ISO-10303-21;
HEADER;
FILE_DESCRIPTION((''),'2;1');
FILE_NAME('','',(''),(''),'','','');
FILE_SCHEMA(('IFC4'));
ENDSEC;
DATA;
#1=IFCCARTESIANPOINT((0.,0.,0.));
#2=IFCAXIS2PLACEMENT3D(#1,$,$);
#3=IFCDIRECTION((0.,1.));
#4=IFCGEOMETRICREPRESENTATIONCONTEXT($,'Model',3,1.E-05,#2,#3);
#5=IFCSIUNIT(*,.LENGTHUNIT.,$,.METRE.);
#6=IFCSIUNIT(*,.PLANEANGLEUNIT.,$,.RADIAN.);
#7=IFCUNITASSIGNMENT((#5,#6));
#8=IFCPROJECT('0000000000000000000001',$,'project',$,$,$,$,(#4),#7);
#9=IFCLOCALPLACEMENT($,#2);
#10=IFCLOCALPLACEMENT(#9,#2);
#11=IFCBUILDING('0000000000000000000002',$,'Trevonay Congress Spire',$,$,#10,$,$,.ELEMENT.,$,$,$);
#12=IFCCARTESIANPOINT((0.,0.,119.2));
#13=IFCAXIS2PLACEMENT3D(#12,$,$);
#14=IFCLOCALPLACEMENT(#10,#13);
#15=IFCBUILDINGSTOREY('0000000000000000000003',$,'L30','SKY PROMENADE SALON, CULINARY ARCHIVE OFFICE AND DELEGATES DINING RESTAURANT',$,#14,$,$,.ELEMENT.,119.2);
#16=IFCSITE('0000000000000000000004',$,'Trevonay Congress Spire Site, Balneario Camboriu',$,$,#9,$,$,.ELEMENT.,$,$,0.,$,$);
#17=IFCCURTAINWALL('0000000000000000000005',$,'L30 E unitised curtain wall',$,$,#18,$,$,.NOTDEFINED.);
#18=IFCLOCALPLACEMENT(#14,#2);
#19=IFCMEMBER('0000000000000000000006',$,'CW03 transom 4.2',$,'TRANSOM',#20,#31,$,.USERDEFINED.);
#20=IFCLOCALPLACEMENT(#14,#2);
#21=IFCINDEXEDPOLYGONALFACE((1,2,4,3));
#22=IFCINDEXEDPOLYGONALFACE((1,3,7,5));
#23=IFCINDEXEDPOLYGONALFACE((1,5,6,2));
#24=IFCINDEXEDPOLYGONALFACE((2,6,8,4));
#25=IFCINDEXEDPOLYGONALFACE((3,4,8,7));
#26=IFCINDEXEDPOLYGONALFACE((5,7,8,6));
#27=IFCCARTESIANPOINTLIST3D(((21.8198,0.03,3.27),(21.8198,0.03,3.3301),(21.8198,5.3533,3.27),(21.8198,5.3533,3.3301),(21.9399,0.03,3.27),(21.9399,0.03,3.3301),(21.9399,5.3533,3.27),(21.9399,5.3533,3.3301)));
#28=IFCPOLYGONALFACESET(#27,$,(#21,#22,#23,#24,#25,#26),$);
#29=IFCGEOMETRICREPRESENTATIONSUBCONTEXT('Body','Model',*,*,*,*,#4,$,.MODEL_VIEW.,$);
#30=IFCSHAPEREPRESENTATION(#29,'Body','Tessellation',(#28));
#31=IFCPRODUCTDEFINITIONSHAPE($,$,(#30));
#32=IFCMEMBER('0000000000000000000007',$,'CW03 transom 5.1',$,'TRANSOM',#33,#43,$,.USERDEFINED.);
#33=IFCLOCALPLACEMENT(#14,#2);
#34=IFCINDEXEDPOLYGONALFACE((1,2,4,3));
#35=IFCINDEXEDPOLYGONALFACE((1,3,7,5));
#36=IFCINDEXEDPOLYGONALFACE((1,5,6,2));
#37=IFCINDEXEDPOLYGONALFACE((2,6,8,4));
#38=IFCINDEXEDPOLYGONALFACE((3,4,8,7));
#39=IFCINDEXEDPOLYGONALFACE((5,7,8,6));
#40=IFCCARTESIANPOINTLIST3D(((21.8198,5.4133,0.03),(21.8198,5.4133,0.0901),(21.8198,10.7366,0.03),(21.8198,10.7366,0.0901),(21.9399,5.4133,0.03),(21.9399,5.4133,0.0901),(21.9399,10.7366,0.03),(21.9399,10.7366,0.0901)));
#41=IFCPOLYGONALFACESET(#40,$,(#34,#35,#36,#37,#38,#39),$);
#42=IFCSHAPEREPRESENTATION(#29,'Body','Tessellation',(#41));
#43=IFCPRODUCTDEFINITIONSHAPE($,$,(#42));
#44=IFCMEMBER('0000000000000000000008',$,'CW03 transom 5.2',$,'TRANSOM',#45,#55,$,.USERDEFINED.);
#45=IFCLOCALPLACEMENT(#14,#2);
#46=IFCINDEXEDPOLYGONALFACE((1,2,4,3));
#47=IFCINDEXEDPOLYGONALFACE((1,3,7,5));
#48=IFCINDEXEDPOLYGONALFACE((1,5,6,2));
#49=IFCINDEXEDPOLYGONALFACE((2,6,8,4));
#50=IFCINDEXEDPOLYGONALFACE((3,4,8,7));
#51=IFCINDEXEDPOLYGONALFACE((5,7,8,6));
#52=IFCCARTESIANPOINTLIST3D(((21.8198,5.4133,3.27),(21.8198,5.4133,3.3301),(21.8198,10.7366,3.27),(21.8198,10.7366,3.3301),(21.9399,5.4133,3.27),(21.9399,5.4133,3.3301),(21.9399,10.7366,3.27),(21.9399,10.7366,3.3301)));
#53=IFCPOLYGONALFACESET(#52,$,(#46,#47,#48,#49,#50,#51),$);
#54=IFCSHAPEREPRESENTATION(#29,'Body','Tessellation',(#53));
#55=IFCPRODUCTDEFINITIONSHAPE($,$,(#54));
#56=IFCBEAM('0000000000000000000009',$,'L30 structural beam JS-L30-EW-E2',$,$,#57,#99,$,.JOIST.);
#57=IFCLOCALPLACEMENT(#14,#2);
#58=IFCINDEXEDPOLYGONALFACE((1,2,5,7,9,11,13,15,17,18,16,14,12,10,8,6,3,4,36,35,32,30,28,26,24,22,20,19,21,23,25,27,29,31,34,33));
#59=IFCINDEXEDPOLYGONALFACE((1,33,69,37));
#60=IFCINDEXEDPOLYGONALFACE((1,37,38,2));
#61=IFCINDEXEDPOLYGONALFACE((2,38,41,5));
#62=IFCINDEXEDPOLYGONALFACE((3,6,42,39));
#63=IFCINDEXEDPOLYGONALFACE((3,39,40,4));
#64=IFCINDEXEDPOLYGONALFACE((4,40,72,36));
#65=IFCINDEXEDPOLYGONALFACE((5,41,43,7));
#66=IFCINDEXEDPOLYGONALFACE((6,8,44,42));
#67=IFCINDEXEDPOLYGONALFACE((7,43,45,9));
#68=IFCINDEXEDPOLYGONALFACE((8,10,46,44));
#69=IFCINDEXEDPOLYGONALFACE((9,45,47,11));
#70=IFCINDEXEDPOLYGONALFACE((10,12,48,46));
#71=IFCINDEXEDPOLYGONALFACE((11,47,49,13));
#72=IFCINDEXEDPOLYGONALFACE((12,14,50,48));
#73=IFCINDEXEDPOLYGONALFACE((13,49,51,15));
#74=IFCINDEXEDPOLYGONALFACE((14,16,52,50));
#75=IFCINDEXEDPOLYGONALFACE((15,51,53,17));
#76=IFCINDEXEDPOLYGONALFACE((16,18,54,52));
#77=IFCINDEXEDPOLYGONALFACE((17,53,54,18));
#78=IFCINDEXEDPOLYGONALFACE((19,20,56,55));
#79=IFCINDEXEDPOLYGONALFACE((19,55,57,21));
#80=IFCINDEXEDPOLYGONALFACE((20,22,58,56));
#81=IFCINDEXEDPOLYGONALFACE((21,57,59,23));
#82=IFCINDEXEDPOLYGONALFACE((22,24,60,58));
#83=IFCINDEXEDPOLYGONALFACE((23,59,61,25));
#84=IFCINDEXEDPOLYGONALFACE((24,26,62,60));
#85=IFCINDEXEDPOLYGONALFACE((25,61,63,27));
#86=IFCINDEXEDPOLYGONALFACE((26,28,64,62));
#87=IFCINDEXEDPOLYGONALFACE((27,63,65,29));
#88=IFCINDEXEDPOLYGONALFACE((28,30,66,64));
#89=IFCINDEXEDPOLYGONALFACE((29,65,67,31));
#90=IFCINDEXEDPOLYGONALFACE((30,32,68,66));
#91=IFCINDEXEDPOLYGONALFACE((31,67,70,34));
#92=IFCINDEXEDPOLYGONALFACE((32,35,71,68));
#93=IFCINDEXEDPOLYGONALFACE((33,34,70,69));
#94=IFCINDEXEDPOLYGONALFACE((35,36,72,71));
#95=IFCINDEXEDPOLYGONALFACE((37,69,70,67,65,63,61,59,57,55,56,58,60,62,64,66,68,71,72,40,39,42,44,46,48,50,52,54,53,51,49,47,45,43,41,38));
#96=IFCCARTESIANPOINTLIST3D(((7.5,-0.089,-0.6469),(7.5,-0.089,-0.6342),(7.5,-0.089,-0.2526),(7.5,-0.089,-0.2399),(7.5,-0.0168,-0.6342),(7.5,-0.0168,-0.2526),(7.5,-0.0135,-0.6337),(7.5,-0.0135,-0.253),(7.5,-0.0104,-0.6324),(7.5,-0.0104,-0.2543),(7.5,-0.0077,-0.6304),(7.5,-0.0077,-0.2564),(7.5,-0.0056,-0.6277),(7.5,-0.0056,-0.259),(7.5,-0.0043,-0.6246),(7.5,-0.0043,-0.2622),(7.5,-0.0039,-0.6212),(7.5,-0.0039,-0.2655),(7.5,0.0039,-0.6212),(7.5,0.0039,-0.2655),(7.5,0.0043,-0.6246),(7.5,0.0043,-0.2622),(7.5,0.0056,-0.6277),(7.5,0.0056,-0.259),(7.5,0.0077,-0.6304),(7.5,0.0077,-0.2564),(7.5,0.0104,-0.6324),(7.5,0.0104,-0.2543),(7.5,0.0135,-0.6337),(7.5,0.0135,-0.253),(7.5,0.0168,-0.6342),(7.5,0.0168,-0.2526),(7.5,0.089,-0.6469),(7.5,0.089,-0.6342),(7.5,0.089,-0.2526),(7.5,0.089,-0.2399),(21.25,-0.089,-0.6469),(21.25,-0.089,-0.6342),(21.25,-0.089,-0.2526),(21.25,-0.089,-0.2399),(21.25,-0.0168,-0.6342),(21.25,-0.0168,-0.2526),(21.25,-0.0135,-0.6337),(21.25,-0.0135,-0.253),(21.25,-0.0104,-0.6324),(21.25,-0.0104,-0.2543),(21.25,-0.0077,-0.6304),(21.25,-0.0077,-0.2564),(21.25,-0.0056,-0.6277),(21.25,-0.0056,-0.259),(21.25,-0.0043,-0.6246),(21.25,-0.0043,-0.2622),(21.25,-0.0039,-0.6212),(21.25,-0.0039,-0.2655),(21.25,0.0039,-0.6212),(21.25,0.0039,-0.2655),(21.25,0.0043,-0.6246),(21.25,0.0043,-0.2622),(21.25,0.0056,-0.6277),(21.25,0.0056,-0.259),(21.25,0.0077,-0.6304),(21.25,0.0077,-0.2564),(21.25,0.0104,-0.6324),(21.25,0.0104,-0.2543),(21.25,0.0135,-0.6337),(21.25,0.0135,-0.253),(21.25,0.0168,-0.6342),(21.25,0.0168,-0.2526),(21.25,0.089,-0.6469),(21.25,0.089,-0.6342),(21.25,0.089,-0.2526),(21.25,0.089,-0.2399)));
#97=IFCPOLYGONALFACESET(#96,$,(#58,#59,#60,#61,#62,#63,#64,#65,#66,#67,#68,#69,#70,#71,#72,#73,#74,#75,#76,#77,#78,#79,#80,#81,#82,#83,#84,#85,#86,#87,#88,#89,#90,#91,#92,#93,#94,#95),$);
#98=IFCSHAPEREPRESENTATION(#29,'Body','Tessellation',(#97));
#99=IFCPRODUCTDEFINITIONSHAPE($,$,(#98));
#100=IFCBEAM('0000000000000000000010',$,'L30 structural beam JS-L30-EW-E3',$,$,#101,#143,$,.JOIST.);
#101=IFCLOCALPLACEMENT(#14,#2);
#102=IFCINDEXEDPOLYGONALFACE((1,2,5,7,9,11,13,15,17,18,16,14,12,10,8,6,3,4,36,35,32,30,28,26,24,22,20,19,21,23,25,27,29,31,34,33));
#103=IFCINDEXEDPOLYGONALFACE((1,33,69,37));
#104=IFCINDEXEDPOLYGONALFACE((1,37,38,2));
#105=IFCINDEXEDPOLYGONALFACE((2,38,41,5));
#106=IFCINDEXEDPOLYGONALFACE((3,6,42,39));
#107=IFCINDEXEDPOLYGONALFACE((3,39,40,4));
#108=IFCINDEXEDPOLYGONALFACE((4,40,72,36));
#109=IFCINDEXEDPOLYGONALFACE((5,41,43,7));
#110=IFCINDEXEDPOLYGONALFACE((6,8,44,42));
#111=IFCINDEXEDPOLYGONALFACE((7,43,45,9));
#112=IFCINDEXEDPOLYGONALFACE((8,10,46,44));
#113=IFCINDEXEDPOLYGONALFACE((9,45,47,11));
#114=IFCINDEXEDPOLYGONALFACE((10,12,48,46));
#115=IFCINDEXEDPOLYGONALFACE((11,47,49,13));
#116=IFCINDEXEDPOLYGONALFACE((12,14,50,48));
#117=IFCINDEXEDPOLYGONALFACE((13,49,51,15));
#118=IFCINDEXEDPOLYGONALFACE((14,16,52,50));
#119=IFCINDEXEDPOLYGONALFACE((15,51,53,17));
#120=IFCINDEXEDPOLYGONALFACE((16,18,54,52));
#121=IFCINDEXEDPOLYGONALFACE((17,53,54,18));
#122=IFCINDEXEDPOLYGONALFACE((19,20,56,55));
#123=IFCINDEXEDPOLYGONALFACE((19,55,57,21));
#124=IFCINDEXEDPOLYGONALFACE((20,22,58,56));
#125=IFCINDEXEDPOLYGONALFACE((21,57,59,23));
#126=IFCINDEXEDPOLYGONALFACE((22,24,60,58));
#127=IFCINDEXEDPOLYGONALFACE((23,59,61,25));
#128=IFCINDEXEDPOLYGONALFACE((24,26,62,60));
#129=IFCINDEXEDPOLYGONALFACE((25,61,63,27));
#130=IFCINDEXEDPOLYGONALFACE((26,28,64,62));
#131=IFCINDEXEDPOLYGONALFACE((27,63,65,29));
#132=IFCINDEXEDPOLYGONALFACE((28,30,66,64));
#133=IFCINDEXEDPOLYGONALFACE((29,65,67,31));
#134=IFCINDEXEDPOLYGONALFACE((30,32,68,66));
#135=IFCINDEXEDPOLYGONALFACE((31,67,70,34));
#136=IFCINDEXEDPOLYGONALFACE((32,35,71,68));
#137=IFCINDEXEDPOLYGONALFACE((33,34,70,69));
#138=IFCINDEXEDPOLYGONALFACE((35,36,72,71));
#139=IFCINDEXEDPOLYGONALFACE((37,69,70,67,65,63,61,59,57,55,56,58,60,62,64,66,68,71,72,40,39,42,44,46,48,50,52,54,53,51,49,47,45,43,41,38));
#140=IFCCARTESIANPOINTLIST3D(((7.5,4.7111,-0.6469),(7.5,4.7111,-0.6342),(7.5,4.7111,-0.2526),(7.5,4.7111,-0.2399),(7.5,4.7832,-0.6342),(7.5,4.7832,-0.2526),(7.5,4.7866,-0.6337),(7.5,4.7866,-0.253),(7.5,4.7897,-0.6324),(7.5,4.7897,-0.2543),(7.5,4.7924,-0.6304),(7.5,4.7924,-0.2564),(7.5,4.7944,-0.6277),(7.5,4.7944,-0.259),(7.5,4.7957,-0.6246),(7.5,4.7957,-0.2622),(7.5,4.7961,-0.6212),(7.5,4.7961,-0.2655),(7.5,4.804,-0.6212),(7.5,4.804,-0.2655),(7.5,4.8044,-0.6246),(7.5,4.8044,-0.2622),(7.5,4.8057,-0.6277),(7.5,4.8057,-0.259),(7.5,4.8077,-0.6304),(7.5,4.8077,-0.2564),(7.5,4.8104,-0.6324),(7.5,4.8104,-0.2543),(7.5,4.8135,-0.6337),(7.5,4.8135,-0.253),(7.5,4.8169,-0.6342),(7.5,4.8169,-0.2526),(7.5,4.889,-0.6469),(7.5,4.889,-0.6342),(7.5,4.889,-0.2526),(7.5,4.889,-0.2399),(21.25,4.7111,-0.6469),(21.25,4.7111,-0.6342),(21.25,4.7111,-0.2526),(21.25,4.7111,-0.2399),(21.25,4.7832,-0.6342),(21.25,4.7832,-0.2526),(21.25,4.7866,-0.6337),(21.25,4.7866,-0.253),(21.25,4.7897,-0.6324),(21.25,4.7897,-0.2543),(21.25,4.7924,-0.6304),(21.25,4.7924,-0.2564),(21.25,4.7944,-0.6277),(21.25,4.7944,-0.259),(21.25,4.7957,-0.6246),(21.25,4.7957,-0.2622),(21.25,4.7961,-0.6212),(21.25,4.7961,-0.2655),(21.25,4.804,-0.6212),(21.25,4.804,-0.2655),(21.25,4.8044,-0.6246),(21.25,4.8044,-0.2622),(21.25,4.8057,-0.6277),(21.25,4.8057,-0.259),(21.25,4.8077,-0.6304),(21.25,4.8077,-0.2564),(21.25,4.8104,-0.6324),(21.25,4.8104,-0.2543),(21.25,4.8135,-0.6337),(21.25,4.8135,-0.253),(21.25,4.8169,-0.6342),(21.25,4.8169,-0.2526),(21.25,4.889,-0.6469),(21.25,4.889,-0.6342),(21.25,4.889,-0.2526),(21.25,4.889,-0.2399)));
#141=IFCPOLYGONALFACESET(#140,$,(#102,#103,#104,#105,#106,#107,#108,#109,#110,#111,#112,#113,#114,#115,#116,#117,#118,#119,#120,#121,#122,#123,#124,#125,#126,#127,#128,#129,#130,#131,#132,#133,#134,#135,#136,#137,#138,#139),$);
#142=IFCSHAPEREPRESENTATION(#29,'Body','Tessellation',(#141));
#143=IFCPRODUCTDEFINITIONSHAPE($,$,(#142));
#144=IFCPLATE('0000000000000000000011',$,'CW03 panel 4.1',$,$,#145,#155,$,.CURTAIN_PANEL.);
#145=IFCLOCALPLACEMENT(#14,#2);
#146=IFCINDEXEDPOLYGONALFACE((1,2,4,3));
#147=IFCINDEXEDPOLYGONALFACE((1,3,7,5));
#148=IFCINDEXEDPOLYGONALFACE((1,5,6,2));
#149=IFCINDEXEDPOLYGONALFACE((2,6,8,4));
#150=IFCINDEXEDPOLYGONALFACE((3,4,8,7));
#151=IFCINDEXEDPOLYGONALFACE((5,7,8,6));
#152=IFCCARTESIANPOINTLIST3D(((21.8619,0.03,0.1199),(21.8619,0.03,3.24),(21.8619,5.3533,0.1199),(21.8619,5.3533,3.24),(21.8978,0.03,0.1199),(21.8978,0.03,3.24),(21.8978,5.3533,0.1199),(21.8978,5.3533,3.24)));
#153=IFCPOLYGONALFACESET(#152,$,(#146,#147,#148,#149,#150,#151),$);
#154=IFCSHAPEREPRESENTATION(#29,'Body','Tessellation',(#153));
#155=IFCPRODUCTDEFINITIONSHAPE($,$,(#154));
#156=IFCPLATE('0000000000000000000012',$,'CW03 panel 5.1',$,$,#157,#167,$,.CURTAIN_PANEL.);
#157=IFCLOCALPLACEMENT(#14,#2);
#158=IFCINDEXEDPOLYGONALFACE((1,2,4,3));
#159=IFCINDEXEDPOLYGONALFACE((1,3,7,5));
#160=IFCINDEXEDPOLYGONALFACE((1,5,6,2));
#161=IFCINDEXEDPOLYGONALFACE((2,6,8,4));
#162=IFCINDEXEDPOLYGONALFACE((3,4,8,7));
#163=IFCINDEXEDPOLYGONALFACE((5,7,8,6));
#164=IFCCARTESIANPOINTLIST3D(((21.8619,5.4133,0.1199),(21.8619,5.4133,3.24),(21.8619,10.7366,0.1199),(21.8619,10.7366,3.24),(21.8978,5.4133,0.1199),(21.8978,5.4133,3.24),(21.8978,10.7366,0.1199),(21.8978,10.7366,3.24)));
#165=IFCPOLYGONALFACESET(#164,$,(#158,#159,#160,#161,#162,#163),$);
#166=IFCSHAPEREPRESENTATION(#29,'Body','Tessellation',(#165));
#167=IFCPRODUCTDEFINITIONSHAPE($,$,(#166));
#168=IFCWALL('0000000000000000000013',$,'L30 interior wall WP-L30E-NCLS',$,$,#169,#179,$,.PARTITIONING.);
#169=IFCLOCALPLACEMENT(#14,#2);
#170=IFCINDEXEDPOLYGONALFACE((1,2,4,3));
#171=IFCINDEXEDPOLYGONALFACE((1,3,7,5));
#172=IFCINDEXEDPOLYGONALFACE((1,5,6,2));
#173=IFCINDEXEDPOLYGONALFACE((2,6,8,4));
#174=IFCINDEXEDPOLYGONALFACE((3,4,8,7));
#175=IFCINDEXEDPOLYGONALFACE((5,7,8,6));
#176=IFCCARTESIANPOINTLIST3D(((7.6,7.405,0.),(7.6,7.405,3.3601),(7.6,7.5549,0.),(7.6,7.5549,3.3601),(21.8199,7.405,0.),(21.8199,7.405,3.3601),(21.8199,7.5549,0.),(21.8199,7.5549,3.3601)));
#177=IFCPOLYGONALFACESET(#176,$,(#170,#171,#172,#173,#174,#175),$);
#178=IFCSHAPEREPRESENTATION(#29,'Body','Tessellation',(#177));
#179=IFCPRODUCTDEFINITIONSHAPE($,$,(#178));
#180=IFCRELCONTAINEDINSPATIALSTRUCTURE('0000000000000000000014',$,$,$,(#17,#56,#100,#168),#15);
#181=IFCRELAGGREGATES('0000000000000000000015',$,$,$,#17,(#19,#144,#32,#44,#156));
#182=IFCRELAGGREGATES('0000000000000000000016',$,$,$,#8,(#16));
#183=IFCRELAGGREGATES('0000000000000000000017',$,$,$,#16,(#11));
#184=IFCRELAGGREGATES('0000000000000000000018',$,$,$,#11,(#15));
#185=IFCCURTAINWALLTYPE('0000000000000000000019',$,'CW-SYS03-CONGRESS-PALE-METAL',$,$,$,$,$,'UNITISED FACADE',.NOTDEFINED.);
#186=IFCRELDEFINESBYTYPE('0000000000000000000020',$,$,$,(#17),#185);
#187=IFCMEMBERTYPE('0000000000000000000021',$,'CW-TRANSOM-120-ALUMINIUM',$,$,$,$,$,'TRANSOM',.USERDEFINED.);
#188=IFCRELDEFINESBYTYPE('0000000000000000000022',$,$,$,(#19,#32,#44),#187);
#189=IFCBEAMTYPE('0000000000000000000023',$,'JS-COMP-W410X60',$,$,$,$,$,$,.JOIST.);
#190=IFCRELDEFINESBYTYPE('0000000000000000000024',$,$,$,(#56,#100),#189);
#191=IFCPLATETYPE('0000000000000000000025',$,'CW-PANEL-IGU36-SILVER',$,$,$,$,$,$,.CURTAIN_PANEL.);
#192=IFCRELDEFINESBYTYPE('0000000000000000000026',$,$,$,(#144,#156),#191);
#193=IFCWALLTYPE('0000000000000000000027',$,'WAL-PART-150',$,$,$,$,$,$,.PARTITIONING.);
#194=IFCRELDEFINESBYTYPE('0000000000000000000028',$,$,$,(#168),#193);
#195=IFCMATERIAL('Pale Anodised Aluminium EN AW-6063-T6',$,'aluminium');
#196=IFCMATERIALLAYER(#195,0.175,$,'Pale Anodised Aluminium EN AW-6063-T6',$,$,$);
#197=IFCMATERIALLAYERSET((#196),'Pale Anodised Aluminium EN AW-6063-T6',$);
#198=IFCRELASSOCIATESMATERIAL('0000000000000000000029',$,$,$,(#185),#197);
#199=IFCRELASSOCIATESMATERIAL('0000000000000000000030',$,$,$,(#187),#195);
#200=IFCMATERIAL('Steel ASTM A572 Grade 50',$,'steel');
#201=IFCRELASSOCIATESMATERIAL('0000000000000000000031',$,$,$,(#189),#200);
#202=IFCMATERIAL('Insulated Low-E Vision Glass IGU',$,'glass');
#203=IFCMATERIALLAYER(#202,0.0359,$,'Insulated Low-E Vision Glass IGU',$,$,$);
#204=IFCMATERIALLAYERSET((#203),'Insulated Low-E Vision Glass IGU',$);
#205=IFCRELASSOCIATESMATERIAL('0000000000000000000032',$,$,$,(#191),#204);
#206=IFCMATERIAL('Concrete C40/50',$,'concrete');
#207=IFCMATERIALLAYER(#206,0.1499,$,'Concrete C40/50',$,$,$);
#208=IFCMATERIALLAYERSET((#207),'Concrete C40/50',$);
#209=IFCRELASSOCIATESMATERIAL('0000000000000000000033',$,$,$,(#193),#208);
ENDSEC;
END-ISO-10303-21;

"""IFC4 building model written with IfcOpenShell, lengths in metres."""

from ifc_helpers import new_model, si_unit, direction, frame, frame_2d, origin, origin_2d, place, context, subcontext, project, spatial, rectangle, i_section, extrude, material, layer, layer_set, material_profile, profile_set, type_object, element, aggregate, save


model = new_model("IFC4")

# Units and contexts
model_context = context("Model", 3, precision=1e-05, world=origin(), true_north=direction((0.0, 1.0)))
body_context = subcontext(model_context, "Body", "Model", "MODEL_VIEW")
ifc_project = project(units=[si_unit("LENGTHUNIT", "METRE"), si_unit("PLANEANGLEUNIT", "RADIAN")], contexts=[model_context])

# Site, building, storey
site_placement = place(None, origin())
site = spatial("IfcSite", under=ifc_project, at=site_placement, Name="Trevonay Congress Spire Site, Balneario Camboriu", CompositionType="ELEMENT", RefElevation=0.0)
building_placement = place(site_placement, origin())
building = spatial("IfcBuilding", under=site, at=building_placement, Name="Trevonay Congress Spire", CompositionType="ELEMENT")
storey_placement = place(building_placement, frame((0.0, 0.0, 119.2)))
storey = spatial("IfcBuildingStorey", under=building, at=storey_placement, Name="L30", Description="SKY PROMENADE SALON, CULINARY ARCHIVE OFFICE AND DELEGATES DINING RESTAURANT", CompositionType="ELEMENT", Elevation=119.2)

# Shared definitions
ifc_material_1 = material(Name="Steel ASTM A572 Grade 50", Category="steel")

# Curtain wall, members
ifc_material_2 = material(Name="Pale Anodised Aluminium EN AW-6063-T6", Category="aluminium")
ifc_layer_1 = layer(ifc_material_2, 0.175, Name="Pale Anodised Aluminium EN AW-6063-T6")
ifc_layer_set_1 = layer_set([ifc_layer_1], Name="Pale Anodised Aluminium EN AW-6063-T6")
curtain_wall_type = type_object("IfcCurtainWallType", Name="CW-SYS03-CONGRESS-PALE-METAL", ElementType="UNITISED FACADE", PredefinedType="NOTDEFINED", material=ifc_layer_set_1)
curtain_wall_placement = place(storey_placement, origin())
curtain_wall = element("IfcCurtainWall", 1, at=curtain_wall_placement, inside=storey, type_object=curtain_wall_type, Name="L30 E unitised curtain wall", PredefinedType="NOTDEFINED")
ifc_material_profile_1 = material_profile(ifc_material_2, rectangle(XDim=0.1201, YDim=0.0601, at=origin_2d()), Name="CW-TRANSOM-120-ALUMINIUM")
ifc_profile_set_1 = profile_set([ifc_material_profile_1], Name="Pale Anodised Aluminium EN AW-6063-T6")
member_type_1 = type_object("IfcMemberType", Name="CW-TRANSOM-120-ALUMINIUM", ElementType="TRANSOM", PredefinedType="USERDEFINED", material=ifc_profile_set_1)
member_1_placement = place(storey_placement, frame((21.8799, 0.03, 3.3), z_axis=(0.0, 1.0, 0.0), x_axis=(-1.0, 0.0, 0.0)))
member_1 = element("IfcMember", 2, at=member_1_placement, type_object=member_type_1, Name="CW03 transom 4.2", ObjectType="TRANSOM", PredefinedType="USERDEFINED", context=body_context, shape_type="SweptSolid", body=[
    extrude(rectangle(XDim=0.1201, YDim=0.0601, at=origin_2d()), origin(), (0.0, 0.0, 1.0), 5.3232),
])
member_2_placement = place(storey_placement, frame((21.8799, 5.4133, 0.0601), z_axis=(0.0, 1.0, 0.0), x_axis=(-1.0, 0.0, 0.0)))
member_2 = element("IfcMember", 3, at=member_2_placement, type_object=member_type_1, Name="CW03 transom 5.1", ObjectType="TRANSOM", PredefinedType="USERDEFINED", context=body_context, shape_type="SweptSolid", body=[
    extrude(rectangle(XDim=0.1201, YDim=0.0601, at=origin_2d()), origin(), (0.0, 0.0, 1.0), 5.3232),
])
member_3_placement = place(storey_placement, frame((21.8799, 5.4133, 3.3), z_axis=(0.0, 1.0, 0.0), x_axis=(-1.0, 0.0, 0.0)))
member_3 = element("IfcMember", 4, at=member_3_placement, type_object=member_type_1, Name="CW03 transom 5.2", ObjectType="TRANSOM", PredefinedType="USERDEFINED", context=body_context, shape_type="SweptSolid", body=[
    extrude(rectangle(XDim=0.1201, YDim=0.0601, at=origin_2d()), origin(), (0.0, 0.0, 1.0), 5.3232),
])

# Beams
ifc_material_profile_2 = material_profile(ifc_material_1, i_section(OverallWidth=0.178, OverallDepth=0.407, WebThickness=0.0078, FlangeThickness=0.0127, FilletRadius=0.0129, at=origin_2d()), Name="W410x60")
ifc_profile_set_2 = profile_set([ifc_material_profile_2], Name="Steel ASTM A572 Grade 50")
beam_type_1 = type_object("IfcBeamType", Name="JS-COMP-W410X60", PredefinedType="JOIST", material=ifc_profile_set_2)
for number, where, z_axis, x_axis, name in (
    (5, (7.5, 0.0, -0.4434), (1.0, 0.0, 0.0), (0.0, 1.0, 0.0), "L30 structural beam JS-L30-EW-E2"),
    (6, (7.5, 4.8, -0.4434), (1.0, 0.0, 0.0), (0.0, 1.0, 0.0), "L30 structural beam JS-L30-EW-E3"),
):
    element("IfcBeam", number, at=place(storey_placement, frame(where, z_axis=z_axis, x_axis=x_axis)), inside=storey, type_object=beam_type_1, Name=name, PredefinedType="JOIST", context=body_context, shape_type="SweptSolid", body=[
        extrude(i_section(OverallWidth=0.178, OverallDepth=0.407, WebThickness=0.0078, FlangeThickness=0.0127, FilletRadius=0.0129, at=origin_2d()), origin(), (0.0, 0.0, 1.0), 13.75),
    ])

# Plates
ifc_material_3 = material(Name="Insulated Low-E Vision Glass IGU", Category="glass")
ifc_layer_2 = layer(ifc_material_3, 0.0359, Name="Insulated Low-E Vision Glass IGU")
ifc_layer_set_2 = layer_set([ifc_layer_2], Name="Insulated Low-E Vision Glass IGU")
plate_type = type_object("IfcPlateType", Name="CW-PANEL-IGU36-SILVER", PredefinedType="CURTAIN_PANEL", material=ifc_layer_set_2)
plate_1_placement = place(storey_placement, frame((21.8799, 2.6917, 0.1199), z_axis=(0.0, 0.0, 1.0), x_axis=(0.0, 1.0, 0.0)))
plate_1 = element("IfcPlate", 7, at=plate_1_placement, type_object=plate_type, Name="CW03 panel 4.1", PredefinedType="CURTAIN_PANEL", context=body_context, shape_type="SweptSolid", body=[
    extrude(rectangle(XDim=5.3232, YDim=0.0359, at=origin_2d()), origin(), (0.0, 0.0, 1.0), 3.1201),
])
plate_2_placement = place(storey_placement, frame((21.8799, 8.075, 0.1199), z_axis=(0.0, 0.0, 1.0), x_axis=(0.0, 1.0, 0.0)))
plate_2 = element("IfcPlate", 8, at=plate_2_placement, type_object=plate_type, Name="CW03 panel 5.1", PredefinedType="CURTAIN_PANEL", context=body_context, shape_type="SweptSolid", body=[
    extrude(rectangle(XDim=5.3232, YDim=0.0359, at=origin_2d()), origin(), (0.0, 0.0, 1.0), 3.1201),
])
aggregate(curtain_wall, [member_1, plate_1, member_2, member_3, plate_2])

# Wall
ifc_material_4 = material(Name="Concrete C40/50", Category="concrete")
ifc_layer_3 = layer(ifc_material_4, 0.1499, Name="Concrete C40/50")
ifc_layer_set_3 = layer_set([ifc_layer_3], Name="Concrete C40/50")
wall_type = type_object("IfcWallType", Name="WAL-PART-150", PredefinedType="PARTITIONING", material=ifc_layer_set_3)
wall_placement = place(storey_placement, frame((7.6001, 7.48, 0.0), z_axis=(0.0, 0.0, 1.0), x_axis=(1.0, 0.0, 0.0)))
element("IfcWall", 9, at=wall_placement, inside=storey, type_object=wall_type, Name="L30 interior wall WP-L30E-NCLS", PredefinedType="PARTITIONING", context=body_context, shape_type="SweptSolid", body=[
    extrude(rectangle(XDim=14.22, YDim=0.1499, at=frame_2d((7.1099, 0.0))), origin(), (0.0, 0.0, 1.0), 3.3601),
])

save(model, "model.ifc")
